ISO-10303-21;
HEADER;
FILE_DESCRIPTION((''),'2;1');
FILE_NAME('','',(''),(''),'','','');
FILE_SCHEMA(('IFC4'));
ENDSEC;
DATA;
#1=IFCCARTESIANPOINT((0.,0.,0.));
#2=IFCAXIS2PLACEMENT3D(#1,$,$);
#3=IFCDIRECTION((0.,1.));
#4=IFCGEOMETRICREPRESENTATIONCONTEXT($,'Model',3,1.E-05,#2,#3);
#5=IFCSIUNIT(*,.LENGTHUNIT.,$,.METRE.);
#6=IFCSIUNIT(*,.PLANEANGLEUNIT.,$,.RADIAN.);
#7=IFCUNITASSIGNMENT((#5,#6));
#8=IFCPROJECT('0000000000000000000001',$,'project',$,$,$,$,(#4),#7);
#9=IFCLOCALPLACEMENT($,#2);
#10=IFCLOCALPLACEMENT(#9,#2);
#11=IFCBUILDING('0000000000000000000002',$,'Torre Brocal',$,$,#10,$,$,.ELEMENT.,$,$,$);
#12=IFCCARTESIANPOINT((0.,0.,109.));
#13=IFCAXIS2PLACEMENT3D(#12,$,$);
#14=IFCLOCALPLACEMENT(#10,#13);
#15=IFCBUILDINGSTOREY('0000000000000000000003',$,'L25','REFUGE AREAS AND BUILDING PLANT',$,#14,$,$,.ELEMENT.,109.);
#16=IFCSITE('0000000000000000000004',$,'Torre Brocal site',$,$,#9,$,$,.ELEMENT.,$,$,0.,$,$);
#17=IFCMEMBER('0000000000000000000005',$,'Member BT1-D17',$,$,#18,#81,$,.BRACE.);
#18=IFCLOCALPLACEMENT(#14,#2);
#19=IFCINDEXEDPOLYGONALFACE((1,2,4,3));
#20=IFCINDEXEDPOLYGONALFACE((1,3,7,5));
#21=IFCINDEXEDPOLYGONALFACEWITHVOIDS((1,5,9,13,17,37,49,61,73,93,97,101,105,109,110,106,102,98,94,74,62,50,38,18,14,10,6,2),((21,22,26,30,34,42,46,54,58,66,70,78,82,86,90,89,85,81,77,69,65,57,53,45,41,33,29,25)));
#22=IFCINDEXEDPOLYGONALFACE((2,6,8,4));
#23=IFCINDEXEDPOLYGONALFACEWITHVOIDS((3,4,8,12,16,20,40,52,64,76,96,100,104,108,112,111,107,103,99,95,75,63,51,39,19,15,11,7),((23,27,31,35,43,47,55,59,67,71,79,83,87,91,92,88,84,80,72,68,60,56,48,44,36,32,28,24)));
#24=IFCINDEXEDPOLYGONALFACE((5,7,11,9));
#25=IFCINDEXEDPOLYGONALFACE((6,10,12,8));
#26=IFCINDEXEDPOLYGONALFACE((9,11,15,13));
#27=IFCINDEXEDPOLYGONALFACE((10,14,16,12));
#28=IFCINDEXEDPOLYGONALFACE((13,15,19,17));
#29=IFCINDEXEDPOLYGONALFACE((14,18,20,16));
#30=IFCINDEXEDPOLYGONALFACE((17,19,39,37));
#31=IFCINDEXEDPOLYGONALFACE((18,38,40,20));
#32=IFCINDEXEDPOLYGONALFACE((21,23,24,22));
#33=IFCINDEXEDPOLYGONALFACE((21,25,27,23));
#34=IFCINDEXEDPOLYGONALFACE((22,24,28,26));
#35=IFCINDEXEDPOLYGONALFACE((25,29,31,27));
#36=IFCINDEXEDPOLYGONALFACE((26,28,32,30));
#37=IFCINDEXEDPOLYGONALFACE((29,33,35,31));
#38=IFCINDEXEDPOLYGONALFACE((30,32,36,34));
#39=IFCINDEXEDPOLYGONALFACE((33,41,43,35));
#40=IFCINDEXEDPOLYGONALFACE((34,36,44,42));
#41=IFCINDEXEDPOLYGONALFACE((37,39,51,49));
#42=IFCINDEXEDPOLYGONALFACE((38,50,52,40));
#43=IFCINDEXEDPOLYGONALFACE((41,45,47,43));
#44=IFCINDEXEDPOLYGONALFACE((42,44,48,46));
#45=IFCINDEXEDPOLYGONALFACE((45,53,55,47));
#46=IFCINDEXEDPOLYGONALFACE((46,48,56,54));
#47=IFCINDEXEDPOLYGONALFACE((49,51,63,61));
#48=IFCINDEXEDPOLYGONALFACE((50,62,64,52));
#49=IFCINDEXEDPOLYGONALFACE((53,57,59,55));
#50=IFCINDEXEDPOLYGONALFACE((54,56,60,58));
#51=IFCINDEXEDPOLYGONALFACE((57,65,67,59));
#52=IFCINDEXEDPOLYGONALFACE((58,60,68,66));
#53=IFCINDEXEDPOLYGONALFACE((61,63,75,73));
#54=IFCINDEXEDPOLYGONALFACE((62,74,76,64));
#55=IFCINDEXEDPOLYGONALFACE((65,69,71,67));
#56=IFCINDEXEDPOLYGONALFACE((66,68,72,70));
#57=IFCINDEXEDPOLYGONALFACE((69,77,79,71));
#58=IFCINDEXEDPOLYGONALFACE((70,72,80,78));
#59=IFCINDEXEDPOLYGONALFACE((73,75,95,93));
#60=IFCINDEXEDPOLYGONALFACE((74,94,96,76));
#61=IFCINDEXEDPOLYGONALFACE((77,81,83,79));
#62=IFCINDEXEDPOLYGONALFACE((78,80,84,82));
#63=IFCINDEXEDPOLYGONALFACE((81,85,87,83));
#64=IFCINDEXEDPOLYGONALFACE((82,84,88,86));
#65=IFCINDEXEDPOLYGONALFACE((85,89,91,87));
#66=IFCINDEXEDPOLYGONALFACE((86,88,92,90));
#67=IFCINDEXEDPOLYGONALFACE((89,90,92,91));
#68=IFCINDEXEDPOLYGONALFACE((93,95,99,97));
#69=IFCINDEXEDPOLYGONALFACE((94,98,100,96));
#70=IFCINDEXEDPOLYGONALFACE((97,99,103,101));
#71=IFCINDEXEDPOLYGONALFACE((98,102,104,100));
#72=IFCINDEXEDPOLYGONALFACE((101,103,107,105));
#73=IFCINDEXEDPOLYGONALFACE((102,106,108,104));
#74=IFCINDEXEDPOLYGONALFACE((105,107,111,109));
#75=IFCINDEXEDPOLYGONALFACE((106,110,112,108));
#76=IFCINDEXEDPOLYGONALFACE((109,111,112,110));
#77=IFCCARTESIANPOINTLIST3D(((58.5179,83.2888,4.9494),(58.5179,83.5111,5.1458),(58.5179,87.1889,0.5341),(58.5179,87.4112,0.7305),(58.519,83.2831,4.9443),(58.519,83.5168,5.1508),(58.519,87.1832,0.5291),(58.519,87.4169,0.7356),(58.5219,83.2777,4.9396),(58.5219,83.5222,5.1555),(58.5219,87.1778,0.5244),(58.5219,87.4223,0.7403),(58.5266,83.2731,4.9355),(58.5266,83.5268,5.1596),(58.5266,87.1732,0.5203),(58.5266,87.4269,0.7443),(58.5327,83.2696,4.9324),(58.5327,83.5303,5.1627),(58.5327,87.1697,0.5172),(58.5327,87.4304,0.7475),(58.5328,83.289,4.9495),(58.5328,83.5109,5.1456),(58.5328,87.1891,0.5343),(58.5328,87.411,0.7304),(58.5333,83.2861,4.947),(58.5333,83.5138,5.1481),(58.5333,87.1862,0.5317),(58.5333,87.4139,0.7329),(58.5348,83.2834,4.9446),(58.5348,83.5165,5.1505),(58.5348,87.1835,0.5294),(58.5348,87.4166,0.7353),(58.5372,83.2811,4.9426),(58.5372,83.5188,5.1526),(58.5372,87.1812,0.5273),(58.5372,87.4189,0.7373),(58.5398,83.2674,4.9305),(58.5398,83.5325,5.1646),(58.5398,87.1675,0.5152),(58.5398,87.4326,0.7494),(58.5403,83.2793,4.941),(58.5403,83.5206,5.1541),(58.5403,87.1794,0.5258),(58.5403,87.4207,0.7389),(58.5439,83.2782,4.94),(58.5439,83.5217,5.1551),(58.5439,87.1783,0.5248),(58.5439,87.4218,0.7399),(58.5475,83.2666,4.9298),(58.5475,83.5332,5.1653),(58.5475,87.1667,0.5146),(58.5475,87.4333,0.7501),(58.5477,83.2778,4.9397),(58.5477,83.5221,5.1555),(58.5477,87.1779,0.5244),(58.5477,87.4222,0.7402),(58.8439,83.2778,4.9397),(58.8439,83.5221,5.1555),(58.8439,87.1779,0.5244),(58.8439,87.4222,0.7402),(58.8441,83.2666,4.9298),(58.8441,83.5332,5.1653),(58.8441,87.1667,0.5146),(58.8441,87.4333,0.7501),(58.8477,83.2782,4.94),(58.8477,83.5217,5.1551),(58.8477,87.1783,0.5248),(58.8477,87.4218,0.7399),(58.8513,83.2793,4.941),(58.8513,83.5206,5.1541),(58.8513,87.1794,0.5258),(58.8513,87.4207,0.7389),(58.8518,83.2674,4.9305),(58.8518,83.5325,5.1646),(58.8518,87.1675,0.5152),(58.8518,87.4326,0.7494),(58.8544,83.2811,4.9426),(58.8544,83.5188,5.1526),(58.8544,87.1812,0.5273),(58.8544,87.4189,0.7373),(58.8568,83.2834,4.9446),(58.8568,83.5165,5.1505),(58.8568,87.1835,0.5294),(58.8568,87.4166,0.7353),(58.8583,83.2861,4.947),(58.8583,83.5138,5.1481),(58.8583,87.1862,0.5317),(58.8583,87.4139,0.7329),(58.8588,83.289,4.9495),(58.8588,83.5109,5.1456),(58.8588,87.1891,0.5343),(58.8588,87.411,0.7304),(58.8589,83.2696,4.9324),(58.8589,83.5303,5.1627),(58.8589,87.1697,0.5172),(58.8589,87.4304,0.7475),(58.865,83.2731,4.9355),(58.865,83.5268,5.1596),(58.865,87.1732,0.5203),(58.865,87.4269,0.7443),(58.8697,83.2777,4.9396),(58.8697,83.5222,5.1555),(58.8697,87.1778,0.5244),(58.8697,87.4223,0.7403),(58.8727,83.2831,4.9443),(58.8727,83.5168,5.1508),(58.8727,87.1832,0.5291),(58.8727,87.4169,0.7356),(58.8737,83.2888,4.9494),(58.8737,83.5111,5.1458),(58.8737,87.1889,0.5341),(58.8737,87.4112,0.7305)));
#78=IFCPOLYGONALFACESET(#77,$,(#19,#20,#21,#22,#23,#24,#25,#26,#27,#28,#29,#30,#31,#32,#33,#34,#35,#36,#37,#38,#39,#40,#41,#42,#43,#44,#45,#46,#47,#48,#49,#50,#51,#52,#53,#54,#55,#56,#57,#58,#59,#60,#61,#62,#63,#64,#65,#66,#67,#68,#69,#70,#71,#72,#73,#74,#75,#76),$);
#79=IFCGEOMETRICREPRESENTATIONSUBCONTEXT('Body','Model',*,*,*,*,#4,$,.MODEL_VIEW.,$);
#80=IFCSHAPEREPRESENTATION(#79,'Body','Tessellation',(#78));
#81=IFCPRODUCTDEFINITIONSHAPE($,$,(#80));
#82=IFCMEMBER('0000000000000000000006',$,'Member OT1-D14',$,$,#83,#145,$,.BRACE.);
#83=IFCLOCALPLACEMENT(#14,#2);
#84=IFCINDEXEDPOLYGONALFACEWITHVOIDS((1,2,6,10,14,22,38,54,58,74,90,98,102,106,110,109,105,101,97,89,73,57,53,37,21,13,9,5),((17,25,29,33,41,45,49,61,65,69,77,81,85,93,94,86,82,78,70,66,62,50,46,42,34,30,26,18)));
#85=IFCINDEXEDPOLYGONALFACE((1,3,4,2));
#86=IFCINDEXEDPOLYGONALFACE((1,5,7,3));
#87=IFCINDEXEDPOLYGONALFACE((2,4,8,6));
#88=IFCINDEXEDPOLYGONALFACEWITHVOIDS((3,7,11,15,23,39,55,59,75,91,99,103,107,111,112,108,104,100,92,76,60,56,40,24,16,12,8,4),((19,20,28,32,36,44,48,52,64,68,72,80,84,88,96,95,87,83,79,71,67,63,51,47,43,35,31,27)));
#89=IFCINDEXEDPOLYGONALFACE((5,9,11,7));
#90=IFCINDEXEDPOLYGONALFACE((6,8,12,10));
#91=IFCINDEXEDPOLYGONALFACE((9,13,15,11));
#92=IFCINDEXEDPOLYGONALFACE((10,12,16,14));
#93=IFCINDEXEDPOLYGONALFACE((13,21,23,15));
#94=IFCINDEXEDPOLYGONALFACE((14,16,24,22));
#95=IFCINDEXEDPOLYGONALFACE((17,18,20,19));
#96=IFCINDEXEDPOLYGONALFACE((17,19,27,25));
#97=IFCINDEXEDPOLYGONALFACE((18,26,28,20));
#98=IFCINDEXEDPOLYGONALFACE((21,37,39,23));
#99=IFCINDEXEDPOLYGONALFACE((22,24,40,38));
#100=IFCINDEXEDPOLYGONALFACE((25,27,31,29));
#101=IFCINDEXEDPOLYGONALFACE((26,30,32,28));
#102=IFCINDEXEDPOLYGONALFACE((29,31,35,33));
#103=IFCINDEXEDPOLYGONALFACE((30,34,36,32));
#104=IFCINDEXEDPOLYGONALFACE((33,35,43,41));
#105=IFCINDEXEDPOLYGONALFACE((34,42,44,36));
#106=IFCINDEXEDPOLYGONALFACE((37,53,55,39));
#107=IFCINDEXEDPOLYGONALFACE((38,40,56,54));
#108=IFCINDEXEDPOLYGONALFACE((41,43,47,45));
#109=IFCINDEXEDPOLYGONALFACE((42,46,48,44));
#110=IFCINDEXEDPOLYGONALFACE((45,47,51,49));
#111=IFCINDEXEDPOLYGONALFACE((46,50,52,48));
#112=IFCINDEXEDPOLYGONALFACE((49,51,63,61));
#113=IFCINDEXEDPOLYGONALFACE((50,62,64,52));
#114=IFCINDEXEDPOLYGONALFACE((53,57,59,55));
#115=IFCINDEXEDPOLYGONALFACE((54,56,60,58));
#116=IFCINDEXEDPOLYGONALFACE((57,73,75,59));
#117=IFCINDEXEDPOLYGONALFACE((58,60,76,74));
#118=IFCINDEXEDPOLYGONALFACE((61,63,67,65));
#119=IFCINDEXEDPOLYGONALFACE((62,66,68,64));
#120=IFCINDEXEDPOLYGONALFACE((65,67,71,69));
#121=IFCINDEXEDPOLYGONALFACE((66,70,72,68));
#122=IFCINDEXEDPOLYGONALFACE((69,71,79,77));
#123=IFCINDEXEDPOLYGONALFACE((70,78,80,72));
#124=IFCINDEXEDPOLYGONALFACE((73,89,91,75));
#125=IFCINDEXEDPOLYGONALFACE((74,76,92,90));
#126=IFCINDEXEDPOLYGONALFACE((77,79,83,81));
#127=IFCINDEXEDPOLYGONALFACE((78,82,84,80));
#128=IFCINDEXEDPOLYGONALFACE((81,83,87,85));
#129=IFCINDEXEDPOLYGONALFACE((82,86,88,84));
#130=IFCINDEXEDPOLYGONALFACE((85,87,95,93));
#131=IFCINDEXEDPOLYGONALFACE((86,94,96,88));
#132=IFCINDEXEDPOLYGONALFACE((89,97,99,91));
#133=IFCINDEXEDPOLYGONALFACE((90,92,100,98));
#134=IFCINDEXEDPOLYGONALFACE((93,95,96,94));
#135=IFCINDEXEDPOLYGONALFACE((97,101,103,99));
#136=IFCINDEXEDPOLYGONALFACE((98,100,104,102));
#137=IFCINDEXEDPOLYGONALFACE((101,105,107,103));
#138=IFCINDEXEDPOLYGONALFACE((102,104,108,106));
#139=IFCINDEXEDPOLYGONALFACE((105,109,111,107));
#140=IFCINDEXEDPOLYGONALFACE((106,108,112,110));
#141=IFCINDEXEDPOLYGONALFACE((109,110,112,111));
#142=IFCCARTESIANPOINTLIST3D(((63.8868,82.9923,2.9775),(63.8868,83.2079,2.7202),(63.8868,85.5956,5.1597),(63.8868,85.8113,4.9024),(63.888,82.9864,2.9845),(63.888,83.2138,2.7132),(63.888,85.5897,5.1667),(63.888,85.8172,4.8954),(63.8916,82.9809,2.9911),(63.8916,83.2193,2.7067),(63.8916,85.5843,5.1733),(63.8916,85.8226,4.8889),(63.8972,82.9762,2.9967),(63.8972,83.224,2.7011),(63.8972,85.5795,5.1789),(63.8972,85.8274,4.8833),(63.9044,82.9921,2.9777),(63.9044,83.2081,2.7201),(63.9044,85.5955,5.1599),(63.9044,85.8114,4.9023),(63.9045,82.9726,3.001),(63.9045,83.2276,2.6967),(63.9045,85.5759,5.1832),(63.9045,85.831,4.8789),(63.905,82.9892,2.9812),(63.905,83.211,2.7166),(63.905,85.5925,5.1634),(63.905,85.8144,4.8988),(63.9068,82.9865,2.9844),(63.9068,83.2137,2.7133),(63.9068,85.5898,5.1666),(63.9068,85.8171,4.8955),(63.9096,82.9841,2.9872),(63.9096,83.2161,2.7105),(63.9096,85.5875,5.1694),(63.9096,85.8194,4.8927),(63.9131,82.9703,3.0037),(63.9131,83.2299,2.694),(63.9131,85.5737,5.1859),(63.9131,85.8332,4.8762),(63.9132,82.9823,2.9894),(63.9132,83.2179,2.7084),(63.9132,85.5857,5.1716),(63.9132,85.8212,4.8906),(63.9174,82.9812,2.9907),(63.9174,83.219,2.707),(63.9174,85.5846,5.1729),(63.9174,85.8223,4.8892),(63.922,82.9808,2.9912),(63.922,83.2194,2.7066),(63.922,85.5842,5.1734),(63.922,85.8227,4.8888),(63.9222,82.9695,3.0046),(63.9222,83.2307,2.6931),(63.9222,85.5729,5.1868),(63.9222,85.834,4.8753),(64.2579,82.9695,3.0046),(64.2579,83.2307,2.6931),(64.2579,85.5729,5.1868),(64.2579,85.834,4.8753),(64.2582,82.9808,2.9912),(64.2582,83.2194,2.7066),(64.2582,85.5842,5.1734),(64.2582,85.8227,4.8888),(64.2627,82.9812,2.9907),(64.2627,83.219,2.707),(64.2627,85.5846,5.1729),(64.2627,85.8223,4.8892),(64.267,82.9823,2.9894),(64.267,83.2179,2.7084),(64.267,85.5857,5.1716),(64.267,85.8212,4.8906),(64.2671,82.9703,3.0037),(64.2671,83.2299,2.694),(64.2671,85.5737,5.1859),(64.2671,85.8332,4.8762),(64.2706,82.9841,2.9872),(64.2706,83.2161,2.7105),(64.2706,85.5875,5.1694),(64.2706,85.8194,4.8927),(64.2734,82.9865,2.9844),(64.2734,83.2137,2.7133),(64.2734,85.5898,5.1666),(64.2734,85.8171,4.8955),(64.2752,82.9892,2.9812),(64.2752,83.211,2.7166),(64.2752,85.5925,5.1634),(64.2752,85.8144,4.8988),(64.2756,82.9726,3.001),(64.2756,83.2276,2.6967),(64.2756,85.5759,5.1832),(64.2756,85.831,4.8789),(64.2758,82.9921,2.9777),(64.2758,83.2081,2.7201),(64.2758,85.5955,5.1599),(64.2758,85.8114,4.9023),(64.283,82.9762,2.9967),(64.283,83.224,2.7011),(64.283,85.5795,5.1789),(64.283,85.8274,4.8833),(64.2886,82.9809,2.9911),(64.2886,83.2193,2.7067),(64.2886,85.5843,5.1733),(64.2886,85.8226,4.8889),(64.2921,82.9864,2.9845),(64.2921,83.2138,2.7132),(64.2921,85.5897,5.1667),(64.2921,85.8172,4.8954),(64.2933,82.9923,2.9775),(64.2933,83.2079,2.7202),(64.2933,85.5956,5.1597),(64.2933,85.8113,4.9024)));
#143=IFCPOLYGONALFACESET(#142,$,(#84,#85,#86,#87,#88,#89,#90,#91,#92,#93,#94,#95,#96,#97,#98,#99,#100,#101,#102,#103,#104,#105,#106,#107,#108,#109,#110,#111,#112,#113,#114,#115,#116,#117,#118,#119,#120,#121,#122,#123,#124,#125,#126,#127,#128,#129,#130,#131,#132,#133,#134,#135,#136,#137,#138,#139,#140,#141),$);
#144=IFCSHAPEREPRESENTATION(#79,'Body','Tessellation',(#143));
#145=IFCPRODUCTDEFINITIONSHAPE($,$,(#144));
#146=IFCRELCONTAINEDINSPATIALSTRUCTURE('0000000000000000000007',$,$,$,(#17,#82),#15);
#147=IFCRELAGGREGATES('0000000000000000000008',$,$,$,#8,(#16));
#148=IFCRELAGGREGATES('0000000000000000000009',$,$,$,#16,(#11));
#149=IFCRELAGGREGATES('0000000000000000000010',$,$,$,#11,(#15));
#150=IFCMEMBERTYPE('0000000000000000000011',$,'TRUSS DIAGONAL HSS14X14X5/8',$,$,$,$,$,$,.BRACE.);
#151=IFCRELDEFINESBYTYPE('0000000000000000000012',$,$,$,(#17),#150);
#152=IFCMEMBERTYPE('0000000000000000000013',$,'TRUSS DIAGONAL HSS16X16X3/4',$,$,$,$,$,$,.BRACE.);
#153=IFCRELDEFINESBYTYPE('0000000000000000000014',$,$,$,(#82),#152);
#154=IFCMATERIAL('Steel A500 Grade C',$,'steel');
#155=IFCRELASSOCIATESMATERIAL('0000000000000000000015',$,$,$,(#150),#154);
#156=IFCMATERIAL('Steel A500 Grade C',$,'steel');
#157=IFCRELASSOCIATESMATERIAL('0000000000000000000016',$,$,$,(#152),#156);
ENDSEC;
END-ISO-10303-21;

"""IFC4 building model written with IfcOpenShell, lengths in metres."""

from ifc_helpers import new_model, si_unit, direction, frame, origin, origin_2d, place, context, subcontext, project, spatial, hollow_rectangle, extrude, material, material_profile, profile_set, type_object, element, save


model = new_model("IFC4")

# Units and contexts
model_context = context("Model", 3, precision=1e-05, world=origin(), true_north=direction((0.0, 1.0)))
body_context = subcontext(model_context, "Body", "Model", "MODEL_VIEW")
ifc_project = project(units=[si_unit("LENGTHUNIT", "METRE"), si_unit("PLANEANGLEUNIT", "RADIAN")], contexts=[model_context])

# Site, building, storey
site_placement = place(None, origin())
site = spatial("IfcSite", under=ifc_project, at=site_placement, Name="Torre Brocal site", CompositionType="ELEMENT", RefElevation=0.0)
building_placement = place(site_placement, origin())
building = spatial("IfcBuilding", under=site, at=building_placement, Name="Torre Brocal", CompositionType="ELEMENT")
storey_placement = place(building_placement, frame((0.0, 0.0, 109.0)))
storey = spatial("IfcBuildingStorey", under=building, at=storey_placement, Name="L25", Description="REFUGE AREAS AND BUILDING PLANT", CompositionType="ELEMENT", Elevation=109.0)

# Members
ifc_material_1 = material(Name="Steel A500 Grade C", Category="steel")
ifc_material_profile_1 = material_profile(ifc_material_1, hollow_rectangle(XDim=0.3557, YDim=0.3557, WallThickness=0.0149, InnerFilletRadius=0.0149, OuterFilletRadius=0.0295, at=origin_2d()), Name="HSS14X14X5/8")
ifc_profile_set_1 = profile_set([ifc_material_profile_1], Name="Steel A500 Grade C")
member_type_1 = type_object("IfcMemberType", Name="TRUSS DIAGONAL HSS14X14X5/8", PredefinedType="BRACE", material=ifc_profile_set_1)
member_1_placement = place(storey_placement, frame((58.6958, 87.3, 0.6323), z_axis=(0.0, -0.662033, 0.749475), x_axis=(1.0, 0.0, 0.0)))
element("IfcMember", 1, at=member_1_placement, inside=storey, type_object=member_type_1, Name="Member BT1-D17", PredefinedType="BRACE", context=body_context, shape_type="SweptSolid", body=[
    extrude(hollow_rectangle(XDim=0.3557, YDim=0.3557, WallThickness=0.0149, InnerFilletRadius=0.0149, OuterFilletRadius=0.0295, at=origin_2d()), origin(), (0.0, 0.0, 1.0), 5.8911),
])
ifc_material_2 = material(Name="Steel A500 Grade C", Category="steel")
ifc_material_profile_2 = material_profile(ifc_material_2, hollow_rectangle(XDim=0.4065, YDim=0.4065, WallThickness=0.0176, InnerFilletRadius=0.0176, OuterFilletRadius=0.0354, at=origin_2d()), Name="HSS16X16X3/4")
ifc_profile_set_2 = profile_set([ifc_material_profile_2], Name="Steel A500 Grade C")
member_type_2 = type_object("IfcMemberType", Name="TRUSS DIAGONAL HSS16X16X3/4", PredefinedType="BRACE", material=ifc_profile_set_2)
for number, where, z_axis, x_axis, name in (
    (2, (64.0901, 83.1001, 2.8489), (0.0, 0.766374, 0.642394), (-1.0, 0.0, 0.0), "Member OT1-D14"),
):
    element("IfcMember", number, at=place(storey_placement, frame(where, z_axis=z_axis, x_axis=x_axis)), inside=storey, type_object=member_type_2, Name=name, PredefinedType="BRACE", context=body_context, shape_type="SweptSolid", body=[
        extrude(hollow_rectangle(XDim=0.4065, YDim=0.4065, WallThickness=0.0176, InnerFilletRadius=0.0176, OuterFilletRadius=0.0354, at=origin_2d()), origin(), (0.0, 0.0, 1.0), 3.397),
    ])

save(model, "model.ifc")
